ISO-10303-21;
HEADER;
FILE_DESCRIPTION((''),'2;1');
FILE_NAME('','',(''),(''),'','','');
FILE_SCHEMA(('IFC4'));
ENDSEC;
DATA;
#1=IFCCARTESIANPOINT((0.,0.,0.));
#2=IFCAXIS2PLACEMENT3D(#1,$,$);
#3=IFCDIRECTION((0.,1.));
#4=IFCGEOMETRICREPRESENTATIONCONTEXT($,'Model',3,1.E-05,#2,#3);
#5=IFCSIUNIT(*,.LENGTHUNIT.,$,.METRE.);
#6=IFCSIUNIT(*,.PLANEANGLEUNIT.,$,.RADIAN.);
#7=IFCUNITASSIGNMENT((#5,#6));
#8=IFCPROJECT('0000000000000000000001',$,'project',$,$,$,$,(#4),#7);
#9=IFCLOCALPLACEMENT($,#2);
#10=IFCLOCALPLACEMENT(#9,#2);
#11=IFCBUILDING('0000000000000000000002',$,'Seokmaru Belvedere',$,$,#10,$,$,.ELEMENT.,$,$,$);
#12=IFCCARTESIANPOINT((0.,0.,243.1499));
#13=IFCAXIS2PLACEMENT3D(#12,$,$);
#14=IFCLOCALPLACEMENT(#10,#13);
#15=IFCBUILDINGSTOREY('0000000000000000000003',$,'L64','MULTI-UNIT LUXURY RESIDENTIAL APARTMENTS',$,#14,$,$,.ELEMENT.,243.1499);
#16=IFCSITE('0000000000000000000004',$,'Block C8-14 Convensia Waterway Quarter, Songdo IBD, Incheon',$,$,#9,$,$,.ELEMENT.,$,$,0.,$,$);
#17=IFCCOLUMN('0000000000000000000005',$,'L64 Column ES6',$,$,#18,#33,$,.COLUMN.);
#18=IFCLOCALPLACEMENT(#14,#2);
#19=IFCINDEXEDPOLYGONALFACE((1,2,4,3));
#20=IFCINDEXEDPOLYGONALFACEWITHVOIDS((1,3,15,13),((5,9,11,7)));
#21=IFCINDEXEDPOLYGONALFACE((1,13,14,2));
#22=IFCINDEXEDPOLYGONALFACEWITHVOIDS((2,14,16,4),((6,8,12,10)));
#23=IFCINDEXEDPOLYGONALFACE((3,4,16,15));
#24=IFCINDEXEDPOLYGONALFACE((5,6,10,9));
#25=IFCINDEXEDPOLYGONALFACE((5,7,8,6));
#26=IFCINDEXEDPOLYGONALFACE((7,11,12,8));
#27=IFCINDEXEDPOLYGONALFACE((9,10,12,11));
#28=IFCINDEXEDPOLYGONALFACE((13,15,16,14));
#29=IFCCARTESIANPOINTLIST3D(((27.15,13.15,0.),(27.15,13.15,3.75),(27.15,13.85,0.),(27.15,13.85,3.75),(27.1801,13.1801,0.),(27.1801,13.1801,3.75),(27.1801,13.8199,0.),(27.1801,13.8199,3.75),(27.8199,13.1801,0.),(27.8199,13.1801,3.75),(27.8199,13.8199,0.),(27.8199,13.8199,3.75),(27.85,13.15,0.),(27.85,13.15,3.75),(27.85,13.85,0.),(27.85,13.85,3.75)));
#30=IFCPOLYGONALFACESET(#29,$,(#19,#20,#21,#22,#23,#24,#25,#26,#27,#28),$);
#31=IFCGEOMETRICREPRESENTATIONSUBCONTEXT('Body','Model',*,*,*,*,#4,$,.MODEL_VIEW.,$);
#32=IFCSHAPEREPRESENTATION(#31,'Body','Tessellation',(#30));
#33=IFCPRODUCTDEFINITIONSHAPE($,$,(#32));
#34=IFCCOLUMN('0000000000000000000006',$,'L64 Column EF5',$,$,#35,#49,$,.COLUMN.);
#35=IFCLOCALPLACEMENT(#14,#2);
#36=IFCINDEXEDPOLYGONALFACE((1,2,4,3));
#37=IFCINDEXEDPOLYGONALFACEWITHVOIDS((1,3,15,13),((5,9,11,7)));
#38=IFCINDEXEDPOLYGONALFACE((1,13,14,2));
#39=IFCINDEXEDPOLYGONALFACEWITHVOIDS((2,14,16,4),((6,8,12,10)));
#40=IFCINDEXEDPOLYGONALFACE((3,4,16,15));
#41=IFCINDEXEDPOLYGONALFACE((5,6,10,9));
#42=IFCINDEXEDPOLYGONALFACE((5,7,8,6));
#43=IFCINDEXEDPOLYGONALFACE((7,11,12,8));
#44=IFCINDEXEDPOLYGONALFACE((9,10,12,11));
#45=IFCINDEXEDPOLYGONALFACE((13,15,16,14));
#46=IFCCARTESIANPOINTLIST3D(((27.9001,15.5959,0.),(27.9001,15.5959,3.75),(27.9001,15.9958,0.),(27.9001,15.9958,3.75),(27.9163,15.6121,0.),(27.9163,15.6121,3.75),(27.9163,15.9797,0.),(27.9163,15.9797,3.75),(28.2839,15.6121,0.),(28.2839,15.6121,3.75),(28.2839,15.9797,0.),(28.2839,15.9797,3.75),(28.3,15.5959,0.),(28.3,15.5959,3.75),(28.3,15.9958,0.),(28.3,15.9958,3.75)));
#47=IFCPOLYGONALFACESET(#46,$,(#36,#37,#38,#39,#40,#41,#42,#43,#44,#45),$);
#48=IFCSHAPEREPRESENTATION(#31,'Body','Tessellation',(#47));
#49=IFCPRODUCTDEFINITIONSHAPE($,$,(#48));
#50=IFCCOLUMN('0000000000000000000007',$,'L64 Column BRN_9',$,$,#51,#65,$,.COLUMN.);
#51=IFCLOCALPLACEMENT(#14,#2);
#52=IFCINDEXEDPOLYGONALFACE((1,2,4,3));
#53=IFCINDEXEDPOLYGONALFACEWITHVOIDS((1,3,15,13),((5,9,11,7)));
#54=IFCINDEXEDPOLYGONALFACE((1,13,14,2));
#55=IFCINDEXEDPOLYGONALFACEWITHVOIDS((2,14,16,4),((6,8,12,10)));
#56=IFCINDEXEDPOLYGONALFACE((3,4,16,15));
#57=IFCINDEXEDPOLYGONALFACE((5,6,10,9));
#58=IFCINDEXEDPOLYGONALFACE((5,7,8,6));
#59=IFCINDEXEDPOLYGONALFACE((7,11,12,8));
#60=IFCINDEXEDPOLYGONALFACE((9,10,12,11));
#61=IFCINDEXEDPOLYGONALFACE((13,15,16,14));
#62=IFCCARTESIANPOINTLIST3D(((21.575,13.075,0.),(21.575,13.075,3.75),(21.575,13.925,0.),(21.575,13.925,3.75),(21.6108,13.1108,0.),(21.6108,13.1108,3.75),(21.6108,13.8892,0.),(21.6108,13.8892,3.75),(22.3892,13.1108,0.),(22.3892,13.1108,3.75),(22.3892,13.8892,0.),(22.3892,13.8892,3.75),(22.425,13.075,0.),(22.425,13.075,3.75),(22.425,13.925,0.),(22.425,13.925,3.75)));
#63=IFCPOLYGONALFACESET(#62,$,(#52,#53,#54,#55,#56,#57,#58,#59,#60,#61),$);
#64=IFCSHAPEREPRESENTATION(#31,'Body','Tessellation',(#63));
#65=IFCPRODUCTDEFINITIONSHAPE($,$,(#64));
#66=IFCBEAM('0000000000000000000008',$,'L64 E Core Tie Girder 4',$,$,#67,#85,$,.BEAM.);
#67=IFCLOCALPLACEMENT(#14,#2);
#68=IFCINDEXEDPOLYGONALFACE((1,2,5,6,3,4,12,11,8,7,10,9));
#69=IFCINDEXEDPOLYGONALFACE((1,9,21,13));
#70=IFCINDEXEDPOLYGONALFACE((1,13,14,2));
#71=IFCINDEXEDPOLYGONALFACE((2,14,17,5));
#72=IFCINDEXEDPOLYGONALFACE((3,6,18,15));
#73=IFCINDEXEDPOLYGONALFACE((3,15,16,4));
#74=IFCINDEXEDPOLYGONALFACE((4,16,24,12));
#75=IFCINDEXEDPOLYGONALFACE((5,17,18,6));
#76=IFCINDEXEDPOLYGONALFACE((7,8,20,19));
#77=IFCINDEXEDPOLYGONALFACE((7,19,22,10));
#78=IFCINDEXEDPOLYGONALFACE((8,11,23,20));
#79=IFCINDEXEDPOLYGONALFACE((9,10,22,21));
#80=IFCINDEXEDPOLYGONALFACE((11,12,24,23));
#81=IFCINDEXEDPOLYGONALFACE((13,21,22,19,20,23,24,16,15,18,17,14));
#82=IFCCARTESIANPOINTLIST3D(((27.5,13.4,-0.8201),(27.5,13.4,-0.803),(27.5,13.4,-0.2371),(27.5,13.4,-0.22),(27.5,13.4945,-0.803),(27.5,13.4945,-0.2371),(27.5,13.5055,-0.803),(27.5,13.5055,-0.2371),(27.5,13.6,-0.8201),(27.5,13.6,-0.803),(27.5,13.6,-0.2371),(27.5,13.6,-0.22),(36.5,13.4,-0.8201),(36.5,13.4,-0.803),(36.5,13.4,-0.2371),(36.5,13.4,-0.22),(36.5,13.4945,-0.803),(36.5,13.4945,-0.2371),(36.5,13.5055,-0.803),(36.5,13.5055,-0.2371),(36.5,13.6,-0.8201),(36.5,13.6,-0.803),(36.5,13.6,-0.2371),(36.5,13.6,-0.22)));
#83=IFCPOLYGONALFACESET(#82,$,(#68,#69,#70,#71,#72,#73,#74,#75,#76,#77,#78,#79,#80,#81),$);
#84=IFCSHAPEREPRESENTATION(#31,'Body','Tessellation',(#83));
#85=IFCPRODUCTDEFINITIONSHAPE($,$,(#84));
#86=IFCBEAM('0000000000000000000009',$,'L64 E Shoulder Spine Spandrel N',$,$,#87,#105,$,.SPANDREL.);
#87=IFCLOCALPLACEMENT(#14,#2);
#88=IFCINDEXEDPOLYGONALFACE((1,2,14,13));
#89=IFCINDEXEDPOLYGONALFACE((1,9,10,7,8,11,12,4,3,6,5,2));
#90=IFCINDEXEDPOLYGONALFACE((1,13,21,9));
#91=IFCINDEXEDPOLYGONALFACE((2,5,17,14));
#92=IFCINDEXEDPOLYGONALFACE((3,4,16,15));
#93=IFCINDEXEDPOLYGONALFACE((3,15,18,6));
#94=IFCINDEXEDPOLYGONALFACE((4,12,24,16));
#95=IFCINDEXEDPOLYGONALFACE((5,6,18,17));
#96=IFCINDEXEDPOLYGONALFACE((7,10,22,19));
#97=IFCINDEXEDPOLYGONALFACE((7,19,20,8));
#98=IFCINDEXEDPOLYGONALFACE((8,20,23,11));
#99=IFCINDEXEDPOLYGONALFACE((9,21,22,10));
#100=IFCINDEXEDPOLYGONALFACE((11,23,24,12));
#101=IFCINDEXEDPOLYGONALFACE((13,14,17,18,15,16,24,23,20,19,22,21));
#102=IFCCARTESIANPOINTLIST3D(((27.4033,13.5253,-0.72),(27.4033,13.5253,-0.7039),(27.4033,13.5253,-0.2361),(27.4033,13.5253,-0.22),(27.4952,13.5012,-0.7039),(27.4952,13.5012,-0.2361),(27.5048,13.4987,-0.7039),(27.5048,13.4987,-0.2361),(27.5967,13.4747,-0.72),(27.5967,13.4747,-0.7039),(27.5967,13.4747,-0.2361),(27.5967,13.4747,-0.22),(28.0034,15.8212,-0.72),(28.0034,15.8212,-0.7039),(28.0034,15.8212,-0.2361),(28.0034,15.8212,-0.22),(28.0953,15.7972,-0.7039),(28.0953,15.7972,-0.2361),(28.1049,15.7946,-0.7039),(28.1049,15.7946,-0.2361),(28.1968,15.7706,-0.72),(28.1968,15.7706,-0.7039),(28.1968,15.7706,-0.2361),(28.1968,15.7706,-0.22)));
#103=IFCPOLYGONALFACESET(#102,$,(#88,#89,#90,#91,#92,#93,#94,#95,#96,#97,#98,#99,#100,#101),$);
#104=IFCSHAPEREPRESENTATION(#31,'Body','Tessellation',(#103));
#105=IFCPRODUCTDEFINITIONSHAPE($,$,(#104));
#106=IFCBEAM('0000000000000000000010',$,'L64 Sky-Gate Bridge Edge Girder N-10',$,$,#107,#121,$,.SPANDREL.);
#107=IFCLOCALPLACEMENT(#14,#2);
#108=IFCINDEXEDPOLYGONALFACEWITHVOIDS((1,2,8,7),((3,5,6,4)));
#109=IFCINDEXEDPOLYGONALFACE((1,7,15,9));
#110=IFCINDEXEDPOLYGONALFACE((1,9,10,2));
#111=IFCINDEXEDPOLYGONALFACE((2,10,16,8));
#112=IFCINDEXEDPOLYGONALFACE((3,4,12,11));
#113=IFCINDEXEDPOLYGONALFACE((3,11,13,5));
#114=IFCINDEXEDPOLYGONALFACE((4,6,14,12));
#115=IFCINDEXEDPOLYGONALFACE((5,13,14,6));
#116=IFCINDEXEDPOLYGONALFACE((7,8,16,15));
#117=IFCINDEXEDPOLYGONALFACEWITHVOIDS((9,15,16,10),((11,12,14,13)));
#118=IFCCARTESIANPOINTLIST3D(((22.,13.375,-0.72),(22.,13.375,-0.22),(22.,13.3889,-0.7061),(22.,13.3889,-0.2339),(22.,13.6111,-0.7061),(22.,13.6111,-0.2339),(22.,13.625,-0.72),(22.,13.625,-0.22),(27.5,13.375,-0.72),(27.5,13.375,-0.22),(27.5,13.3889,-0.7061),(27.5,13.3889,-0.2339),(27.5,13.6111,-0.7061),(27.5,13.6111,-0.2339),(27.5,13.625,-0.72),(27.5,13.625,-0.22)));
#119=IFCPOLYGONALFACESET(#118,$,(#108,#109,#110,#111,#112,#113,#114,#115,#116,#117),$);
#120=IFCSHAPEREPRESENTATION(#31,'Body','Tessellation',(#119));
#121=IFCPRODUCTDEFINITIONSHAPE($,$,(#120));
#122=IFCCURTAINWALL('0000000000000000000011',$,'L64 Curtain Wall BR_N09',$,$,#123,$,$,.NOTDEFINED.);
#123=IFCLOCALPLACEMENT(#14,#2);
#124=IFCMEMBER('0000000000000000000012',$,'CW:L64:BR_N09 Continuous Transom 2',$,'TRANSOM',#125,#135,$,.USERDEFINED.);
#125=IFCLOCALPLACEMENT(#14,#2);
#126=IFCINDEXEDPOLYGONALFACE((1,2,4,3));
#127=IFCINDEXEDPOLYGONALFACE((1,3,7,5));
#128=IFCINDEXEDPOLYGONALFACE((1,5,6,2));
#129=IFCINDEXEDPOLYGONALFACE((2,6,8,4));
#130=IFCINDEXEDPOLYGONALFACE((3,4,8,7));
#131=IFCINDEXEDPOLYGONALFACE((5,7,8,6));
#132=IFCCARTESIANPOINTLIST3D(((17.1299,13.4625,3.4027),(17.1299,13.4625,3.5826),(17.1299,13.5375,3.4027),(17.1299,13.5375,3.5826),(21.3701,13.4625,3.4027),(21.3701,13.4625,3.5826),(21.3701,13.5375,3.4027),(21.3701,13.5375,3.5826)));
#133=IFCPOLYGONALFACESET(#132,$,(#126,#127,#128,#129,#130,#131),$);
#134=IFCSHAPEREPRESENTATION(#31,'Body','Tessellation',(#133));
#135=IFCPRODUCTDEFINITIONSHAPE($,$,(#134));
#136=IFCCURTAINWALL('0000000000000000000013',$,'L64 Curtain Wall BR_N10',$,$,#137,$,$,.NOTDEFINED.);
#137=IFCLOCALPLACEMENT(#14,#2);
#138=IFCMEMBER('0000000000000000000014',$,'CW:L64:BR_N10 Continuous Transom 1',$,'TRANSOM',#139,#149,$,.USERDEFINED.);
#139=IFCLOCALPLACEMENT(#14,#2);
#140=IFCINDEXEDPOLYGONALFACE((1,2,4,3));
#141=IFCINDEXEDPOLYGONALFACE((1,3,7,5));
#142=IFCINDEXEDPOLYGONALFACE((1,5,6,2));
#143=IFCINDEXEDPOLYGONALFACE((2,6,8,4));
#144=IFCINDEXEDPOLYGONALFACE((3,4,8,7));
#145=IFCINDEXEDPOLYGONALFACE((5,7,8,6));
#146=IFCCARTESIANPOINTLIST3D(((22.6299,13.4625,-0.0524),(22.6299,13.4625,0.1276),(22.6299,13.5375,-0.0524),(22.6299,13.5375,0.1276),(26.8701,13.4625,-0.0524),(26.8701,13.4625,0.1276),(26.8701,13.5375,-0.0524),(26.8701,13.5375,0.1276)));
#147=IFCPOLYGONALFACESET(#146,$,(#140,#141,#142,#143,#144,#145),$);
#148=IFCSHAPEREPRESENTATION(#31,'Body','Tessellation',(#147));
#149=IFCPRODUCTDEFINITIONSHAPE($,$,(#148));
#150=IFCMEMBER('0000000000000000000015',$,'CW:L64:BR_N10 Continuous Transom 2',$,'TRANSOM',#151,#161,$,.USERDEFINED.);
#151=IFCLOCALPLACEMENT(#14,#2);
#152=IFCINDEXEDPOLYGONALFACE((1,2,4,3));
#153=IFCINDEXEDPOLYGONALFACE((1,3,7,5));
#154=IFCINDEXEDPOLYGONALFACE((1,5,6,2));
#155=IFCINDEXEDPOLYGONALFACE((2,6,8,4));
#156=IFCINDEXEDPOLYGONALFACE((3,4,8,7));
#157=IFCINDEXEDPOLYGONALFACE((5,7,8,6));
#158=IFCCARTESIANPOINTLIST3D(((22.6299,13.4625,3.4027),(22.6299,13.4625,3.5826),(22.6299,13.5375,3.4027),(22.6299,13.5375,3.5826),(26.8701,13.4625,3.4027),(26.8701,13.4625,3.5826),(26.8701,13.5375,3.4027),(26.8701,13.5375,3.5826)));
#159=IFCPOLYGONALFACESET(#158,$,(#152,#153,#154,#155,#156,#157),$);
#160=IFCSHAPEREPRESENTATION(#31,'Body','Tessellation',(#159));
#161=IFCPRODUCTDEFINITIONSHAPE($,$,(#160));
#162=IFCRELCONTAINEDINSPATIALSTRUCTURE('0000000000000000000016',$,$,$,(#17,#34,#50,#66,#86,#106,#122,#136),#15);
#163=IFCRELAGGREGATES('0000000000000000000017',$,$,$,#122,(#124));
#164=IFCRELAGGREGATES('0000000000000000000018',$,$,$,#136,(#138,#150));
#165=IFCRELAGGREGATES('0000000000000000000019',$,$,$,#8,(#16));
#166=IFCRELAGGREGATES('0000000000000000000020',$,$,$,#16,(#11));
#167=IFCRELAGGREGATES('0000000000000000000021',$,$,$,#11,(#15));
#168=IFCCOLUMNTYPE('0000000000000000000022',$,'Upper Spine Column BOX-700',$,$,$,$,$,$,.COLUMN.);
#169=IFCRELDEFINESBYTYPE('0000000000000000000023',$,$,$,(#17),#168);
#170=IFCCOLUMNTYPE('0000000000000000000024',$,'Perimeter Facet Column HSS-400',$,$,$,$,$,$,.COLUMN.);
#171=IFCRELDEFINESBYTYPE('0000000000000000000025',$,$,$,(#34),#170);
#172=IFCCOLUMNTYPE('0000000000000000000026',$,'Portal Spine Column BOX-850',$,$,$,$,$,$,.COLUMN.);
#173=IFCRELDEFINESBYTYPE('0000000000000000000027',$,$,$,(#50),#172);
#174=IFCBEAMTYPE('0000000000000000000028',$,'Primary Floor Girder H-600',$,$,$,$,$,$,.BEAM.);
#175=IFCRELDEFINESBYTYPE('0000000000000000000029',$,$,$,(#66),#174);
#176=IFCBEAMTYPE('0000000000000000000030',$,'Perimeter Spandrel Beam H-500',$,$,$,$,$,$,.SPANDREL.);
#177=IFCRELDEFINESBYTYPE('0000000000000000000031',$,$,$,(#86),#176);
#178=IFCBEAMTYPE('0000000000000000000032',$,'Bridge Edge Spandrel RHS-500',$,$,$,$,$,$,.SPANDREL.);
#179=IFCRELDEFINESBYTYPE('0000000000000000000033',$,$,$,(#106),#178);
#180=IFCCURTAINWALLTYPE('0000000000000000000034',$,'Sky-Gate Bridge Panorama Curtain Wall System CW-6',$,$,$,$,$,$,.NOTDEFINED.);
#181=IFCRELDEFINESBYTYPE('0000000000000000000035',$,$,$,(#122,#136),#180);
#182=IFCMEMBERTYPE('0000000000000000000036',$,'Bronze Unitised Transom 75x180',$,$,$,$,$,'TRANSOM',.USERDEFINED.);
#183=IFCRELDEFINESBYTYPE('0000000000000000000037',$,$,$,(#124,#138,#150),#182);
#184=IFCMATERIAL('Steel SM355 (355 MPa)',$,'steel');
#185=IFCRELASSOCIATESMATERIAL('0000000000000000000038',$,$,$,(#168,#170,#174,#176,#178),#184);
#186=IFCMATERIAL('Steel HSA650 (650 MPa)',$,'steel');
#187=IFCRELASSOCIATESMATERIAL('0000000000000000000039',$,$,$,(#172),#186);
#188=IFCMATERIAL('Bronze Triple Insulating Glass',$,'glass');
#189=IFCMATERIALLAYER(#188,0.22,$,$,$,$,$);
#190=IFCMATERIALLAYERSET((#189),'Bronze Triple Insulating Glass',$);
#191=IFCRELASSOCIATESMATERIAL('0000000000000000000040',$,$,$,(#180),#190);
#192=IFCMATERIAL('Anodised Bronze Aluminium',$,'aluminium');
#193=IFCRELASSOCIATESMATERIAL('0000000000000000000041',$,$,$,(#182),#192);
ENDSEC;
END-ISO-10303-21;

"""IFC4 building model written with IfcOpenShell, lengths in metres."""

from ifc_helpers import new_model, si_unit, direction, frame, origin, origin_2d, place, context, subcontext, project, spatial, rectangle, hollow_rectangle, i_section, extrude, source, transform, mapped, material, layer, layer_set, material_profile, profile_set, type_object, type_shapes, element, aggregate, save


model = new_model("IFC4")

# Units and contexts
model_context = context("Model", 3, precision=1e-05, world=origin(), true_north=direction((0.0, 1.0)))
body_context = subcontext(model_context, "Body", "Model", "MODEL_VIEW")
ifc_project = project(units=[si_unit("LENGTHUNIT", "METRE"), si_unit("PLANEANGLEUNIT", "RADIAN")], contexts=[model_context])

# Site, building, storey
site_placement = place(None, origin())
site = spatial("IfcSite", under=ifc_project, at=site_placement, Name="Block C8-14 Convensia Waterway Quarter, Songdo IBD, Incheon", CompositionType="ELEMENT", RefElevation=0.0)
building_placement = place(site_placement, origin())
building = spatial("IfcBuilding", under=site, at=building_placement, Name="Seokmaru Belvedere", CompositionType="ELEMENT")
storey_placement = place(building_placement, frame((0.0, 0.0, 243.1499)))
storey = spatial("IfcBuildingStorey", under=building, at=storey_placement, Name="L64", Description="MULTI-UNIT LUXURY RESIDENTIAL APARTMENTS", CompositionType="ELEMENT", Elevation=243.1499)

# Columns
ifc_material_1 = material(Name="Steel SM355 (355 MPa)", Category="steel")
ifc_material_profile_1 = material_profile(ifc_material_1, hollow_rectangle(XDim=0.7, YDim=0.7, WallThickness=0.03, at=origin_2d()), Name="BOX-700x700x30")
ifc_profile_set_1 = profile_set([ifc_material_profile_1], Name="Steel SM355 (355 MPa)")
column_type_1 = type_object("IfcColumnType", Name="Upper Spine Column BOX-700", PredefinedType="COLUMN", material=ifc_profile_set_1)
shared_shape_1 = source(origin(), body_context, "Body", "SweptSolid", [
    extrude(hollow_rectangle(XDim=0.7, YDim=0.7, WallThickness=0.03, at=origin_2d()), origin(), (0.0, 0.0, 1.0), 3.75),
])
type_shapes(column_type_1, [shared_shape_1])
column_1_placement = place(storey_placement, frame((27.5, 13.5, 0.0), z_axis=(0.0, 0.0, 1.0), x_axis=(1.0, 0.0, 0.0)))
element("IfcColumn", 1, at=column_1_placement, inside=storey, type_object=column_type_1, Name="L64 Column ES6", PredefinedType="COLUMN", context=body_context, shape_type="MappedRepresentation", body=[
    mapped(shared_shape_1, transform((0.0, 0.0, 0.0), scale=1.0)),
])
ifc_material_profile_2 = material_profile(ifc_material_1, hollow_rectangle(XDim=0.3999, YDim=0.3999, WallThickness=0.0161, at=origin_2d()), Name="HSS-400x400x16")
ifc_profile_set_2 = profile_set([ifc_material_profile_2], Name="Steel SM355 (355 MPa)")
column_type_2 = type_object("IfcColumnType", Name="Perimeter Facet Column HSS-400", PredefinedType="COLUMN", material=ifc_profile_set_2)
shared_shape_2 = source(origin(), body_context, "Body", "SweptSolid", [
    extrude(hollow_rectangle(XDim=0.3999, YDim=0.3999, WallThickness=0.0161, at=origin_2d()), origin(), (0.0, 0.0, 1.0), 3.75),
])
type_shapes(column_type_2, [shared_shape_2])
column_2_placement = place(storey_placement, frame((28.1001, 15.7959, 0.0), z_axis=(0.0, 0.0, 1.0), x_axis=(1.0, 0.0, 0.0)))
element("IfcColumn", 2, at=column_2_placement, inside=storey, type_object=column_type_2, Name="L64 Column EF5", PredefinedType="COLUMN", context=body_context, shape_type="MappedRepresentation", body=[
    mapped(shared_shape_2, transform((0.0, 0.0, 0.0), scale=1.0)),
])
ifc_material_2 = material(Name="Steel HSA650 (650 MPa)", Category="steel")
ifc_material_profile_3 = material_profile(ifc_material_2, hollow_rectangle(XDim=0.8501, YDim=0.8501, WallThickness=0.0359, at=origin_2d()), Name="BOX-850x850x36")
ifc_profile_set_3 = profile_set([ifc_material_profile_3], Name="Steel HSA650 (650 MPa)")
column_type_3 = type_object("IfcColumnType", Name="Portal Spine Column BOX-850", PredefinedType="COLUMN", material=ifc_profile_set_3)
shared_shape_3 = source(origin(), body_context, "Body", "SweptSolid", [
    extrude(hollow_rectangle(XDim=0.8501, YDim=0.8501, WallThickness=0.0359, at=origin_2d()), origin(), (0.0, 0.0, 1.0), 3.75),
])
type_shapes(column_type_3, [shared_shape_3])
column_3_placement = place(storey_placement, frame((22.0, 13.5, 0.0), z_axis=(0.0, 0.0, 1.0), x_axis=(1.0, 0.0, 0.0)))
element("IfcColumn", 3, at=column_3_placement, inside=storey, type_object=column_type_3, Name="L64 Column BRN_9", PredefinedType="COLUMN", context=body_context, shape_type="MappedRepresentation", body=[
    mapped(shared_shape_3, transform((0.0, 0.0, 0.0), scale=1.0)),
])

# Beams
ifc_material_profile_4 = material_profile(ifc_material_1, i_section(OverallWidth=0.2, OverallDepth=0.6001, WebThickness=0.011, FlangeThickness=0.0171, at=origin_2d()), Name="H-600x200x11x17")
ifc_profile_set_4 = profile_set([ifc_material_profile_4], Name="Steel SM355 (355 MPa)")
beam_type_1 = type_object("IfcBeamType", Name="Primary Floor Girder H-600", PredefinedType="BEAM", material=ifc_profile_set_4)
shared_shape_4 = source(origin(), body_context, "Body", "SweptSolid", [
    extrude(i_section(OverallWidth=0.2, OverallDepth=0.6001, WebThickness=0.011, FlangeThickness=0.0171, at=origin_2d()), origin(), (0.0, 0.0, 1.0), 9.0),
])
type_shapes(beam_type_1, [shared_shape_4])
beam_1_placement = place(storey_placement, frame((27.5, 13.5, -0.52), z_axis=(1.0, 0.0, 0.0), x_axis=(0.0, 1.0, 0.0)))
element("IfcBeam", 4, at=beam_1_placement, inside=storey, type_object=beam_type_1, Name="L64 E Core Tie Girder 4", PredefinedType="BEAM", context=body_context, shape_type="MappedRepresentation", body=[
    mapped(shared_shape_4, transform((0.0, 0.0, 0.0), scale=1.0)),
])
ifc_material_profile_5 = material_profile(ifc_material_1, i_section(OverallWidth=0.2, OverallDepth=0.5, WebThickness=0.01, FlangeThickness=0.0161, at=origin_2d()), Name="H-500x200x10x16")
ifc_profile_set_5 = profile_set([ifc_material_profile_5], Name="Steel SM355 (355 MPa)")
beam_type_2 = type_object("IfcBeamType", Name="Perimeter Spandrel Beam H-500", PredefinedType="SPANDREL", material=ifc_profile_set_5)
shared_shape_5 = source(origin(), body_context, "Body", "SweptSolid", [
    extrude(i_section(OverallWidth=0.2, OverallDepth=0.5, WebThickness=0.01, FlangeThickness=0.0161, at=origin_2d()), origin(), (0.0, 0.0, 1.0), 2.373),
])
type_shapes(beam_type_2, [shared_shape_5])
beam_2_placement = place(storey_placement, frame((28.1001, 15.7959, -0.47), z_axis=(-0.252883, -0.967497, 0.0), x_axis=(0.967497, -0.252883, 0.0)))
element("IfcBeam", 5, at=beam_2_placement, inside=storey, type_object=beam_type_2, Name="L64 E Shoulder Spine Spandrel N", PredefinedType="SPANDREL", context=body_context, shape_type="MappedRepresentation", body=[
    mapped(shared_shape_5, transform((0.0, 0.0, 0.0), scale=1.0)),
])
ifc_material_profile_6 = material_profile(ifc_material_1, hollow_rectangle(XDim=0.25, YDim=0.5, WallThickness=0.0139, at=origin_2d()), Name="RHS-500x250x14")
ifc_profile_set_6 = profile_set([ifc_material_profile_6], Name="Steel SM355 (355 MPa)")
beam_type_3 = type_object("IfcBeamType", Name="Bridge Edge Spandrel RHS-500", PredefinedType="SPANDREL", material=ifc_profile_set_6)
shared_shape_6 = source(origin(), body_context, "Body", "SweptSolid", [
    extrude(hollow_rectangle(XDim=0.25, YDim=0.5, WallThickness=0.0139, at=origin_2d()), origin(), (0.0, 0.0, 1.0), 5.5),
])
type_shapes(beam_type_3, [shared_shape_6])
beam_3_placement = place(storey_placement, frame((22.0, 13.5, -0.47), z_axis=(1.0, 0.0, 0.0), x_axis=(0.0, 1.0, 0.0)))
element("IfcBeam", 6, at=beam_3_placement, inside=storey, type_object=beam_type_3, Name="L64 Sky-Gate Bridge Edge Girder N-10", PredefinedType="SPANDREL", context=body_context, shape_type="MappedRepresentation", body=[
    mapped(shared_shape_6, transform((0.0, 0.0, 0.0), scale=1.0)),
])

# Curtain wall, member
ifc_material_3 = material(Name="Bronze Triple Insulating Glass", Category="glass")
ifc_layer_1 = layer(ifc_material_3, 0.22)
ifc_layer_set_1 = layer_set([ifc_layer_1], Name="Bronze Triple Insulating Glass")
curtain_wall_type = type_object("IfcCurtainWallType", Name="Sky-Gate Bridge Panorama Curtain Wall System CW-6", PredefinedType="NOTDEFINED", material=ifc_layer_set_1)
curtain_wall_1_placement = place(storey_placement, origin())
curtain_wall_1 = element("IfcCurtainWall", 7, at=curtain_wall_1_placement, inside=storey, type_object=curtain_wall_type, Name="L64 Curtain Wall BR_N09", PredefinedType="NOTDEFINED")
ifc_material_4 = material(Name="Anodised Bronze Aluminium", Category="aluminium")
ifc_material_profile_7 = material_profile(ifc_material_4, rectangle(XDim=0.075, YDim=0.1799, at=origin_2d()), Name="CW-T-75x180")
ifc_profile_set_7 = profile_set([ifc_material_profile_7], Name="Anodised Bronze Aluminium")
member_type_1 = type_object("IfcMemberType", Name="Bronze Unitised Transom 75x180", ElementType="TRANSOM", PredefinedType="USERDEFINED", material=ifc_profile_set_7)
shared_shape_7 = source(origin(), body_context, "Body", "SweptSolid", [
    extrude(rectangle(XDim=0.075, YDim=0.1799, at=origin_2d()), origin(), (0.0, 0.0, 1.0), 4.2402),
])
type_shapes(member_type_1, [shared_shape_7])
member_1_placement = place(storey_placement, frame((21.3701, 13.5, 3.4927), z_axis=(-1.0, 0.0, 0.0), x_axis=(0.0, -1.0, 0.0)))
member_1 = element("IfcMember", 8, at=member_1_placement, type_object=member_type_1, Name="CW:L64:BR_N09 Continuous Transom 2", ObjectType="TRANSOM", PredefinedType="USERDEFINED", context=body_context, shape_type="MappedRepresentation", body=[
    mapped(shared_shape_7, transform((0.0, 0.0, 0.0), scale=1.0)),
])

# Curtain wall, members
curtain_wall_2_placement = place(storey_placement, origin())
curtain_wall_2 = element("IfcCurtainWall", 9, at=curtain_wall_2_placement, inside=storey, type_object=curtain_wall_type, Name="L64 Curtain Wall BR_N10", PredefinedType="NOTDEFINED")
member_2_placement = place(storey_placement, frame((26.8701, 13.5, 0.0376), z_axis=(-1.0, 0.0, 0.0), x_axis=(0.0, -1.0, 0.0)))
member_2 = element("IfcMember", 10, at=member_2_placement, type_object=member_type_1, Name="CW:L64:BR_N10 Continuous Transom 1", ObjectType="TRANSOM", PredefinedType="USERDEFINED", context=body_context, shape_type="MappedRepresentation", body=[
    mapped(shared_shape_7, transform((0.0, 0.0, 0.0), scale=1.0)),
])
member_3_placement = place(storey_placement, frame((26.8701, 13.5, 3.4927), z_axis=(-1.0, 0.0, 0.0), x_axis=(0.0, -1.0, 0.0)))
member_3 = element("IfcMember", 11, at=member_3_placement, type_object=member_type_1, Name="CW:L64:BR_N10 Continuous Transom 2", ObjectType="TRANSOM", PredefinedType="USERDEFINED", context=body_context, shape_type="MappedRepresentation", body=[
    mapped(shared_shape_7, transform((0.0, 0.0, 0.0), scale=1.0)),
])

aggregate(curtain_wall_1, [member_1])

aggregate(curtain_wall_2, [member_2, member_3])

save(model, "model.ifc")
